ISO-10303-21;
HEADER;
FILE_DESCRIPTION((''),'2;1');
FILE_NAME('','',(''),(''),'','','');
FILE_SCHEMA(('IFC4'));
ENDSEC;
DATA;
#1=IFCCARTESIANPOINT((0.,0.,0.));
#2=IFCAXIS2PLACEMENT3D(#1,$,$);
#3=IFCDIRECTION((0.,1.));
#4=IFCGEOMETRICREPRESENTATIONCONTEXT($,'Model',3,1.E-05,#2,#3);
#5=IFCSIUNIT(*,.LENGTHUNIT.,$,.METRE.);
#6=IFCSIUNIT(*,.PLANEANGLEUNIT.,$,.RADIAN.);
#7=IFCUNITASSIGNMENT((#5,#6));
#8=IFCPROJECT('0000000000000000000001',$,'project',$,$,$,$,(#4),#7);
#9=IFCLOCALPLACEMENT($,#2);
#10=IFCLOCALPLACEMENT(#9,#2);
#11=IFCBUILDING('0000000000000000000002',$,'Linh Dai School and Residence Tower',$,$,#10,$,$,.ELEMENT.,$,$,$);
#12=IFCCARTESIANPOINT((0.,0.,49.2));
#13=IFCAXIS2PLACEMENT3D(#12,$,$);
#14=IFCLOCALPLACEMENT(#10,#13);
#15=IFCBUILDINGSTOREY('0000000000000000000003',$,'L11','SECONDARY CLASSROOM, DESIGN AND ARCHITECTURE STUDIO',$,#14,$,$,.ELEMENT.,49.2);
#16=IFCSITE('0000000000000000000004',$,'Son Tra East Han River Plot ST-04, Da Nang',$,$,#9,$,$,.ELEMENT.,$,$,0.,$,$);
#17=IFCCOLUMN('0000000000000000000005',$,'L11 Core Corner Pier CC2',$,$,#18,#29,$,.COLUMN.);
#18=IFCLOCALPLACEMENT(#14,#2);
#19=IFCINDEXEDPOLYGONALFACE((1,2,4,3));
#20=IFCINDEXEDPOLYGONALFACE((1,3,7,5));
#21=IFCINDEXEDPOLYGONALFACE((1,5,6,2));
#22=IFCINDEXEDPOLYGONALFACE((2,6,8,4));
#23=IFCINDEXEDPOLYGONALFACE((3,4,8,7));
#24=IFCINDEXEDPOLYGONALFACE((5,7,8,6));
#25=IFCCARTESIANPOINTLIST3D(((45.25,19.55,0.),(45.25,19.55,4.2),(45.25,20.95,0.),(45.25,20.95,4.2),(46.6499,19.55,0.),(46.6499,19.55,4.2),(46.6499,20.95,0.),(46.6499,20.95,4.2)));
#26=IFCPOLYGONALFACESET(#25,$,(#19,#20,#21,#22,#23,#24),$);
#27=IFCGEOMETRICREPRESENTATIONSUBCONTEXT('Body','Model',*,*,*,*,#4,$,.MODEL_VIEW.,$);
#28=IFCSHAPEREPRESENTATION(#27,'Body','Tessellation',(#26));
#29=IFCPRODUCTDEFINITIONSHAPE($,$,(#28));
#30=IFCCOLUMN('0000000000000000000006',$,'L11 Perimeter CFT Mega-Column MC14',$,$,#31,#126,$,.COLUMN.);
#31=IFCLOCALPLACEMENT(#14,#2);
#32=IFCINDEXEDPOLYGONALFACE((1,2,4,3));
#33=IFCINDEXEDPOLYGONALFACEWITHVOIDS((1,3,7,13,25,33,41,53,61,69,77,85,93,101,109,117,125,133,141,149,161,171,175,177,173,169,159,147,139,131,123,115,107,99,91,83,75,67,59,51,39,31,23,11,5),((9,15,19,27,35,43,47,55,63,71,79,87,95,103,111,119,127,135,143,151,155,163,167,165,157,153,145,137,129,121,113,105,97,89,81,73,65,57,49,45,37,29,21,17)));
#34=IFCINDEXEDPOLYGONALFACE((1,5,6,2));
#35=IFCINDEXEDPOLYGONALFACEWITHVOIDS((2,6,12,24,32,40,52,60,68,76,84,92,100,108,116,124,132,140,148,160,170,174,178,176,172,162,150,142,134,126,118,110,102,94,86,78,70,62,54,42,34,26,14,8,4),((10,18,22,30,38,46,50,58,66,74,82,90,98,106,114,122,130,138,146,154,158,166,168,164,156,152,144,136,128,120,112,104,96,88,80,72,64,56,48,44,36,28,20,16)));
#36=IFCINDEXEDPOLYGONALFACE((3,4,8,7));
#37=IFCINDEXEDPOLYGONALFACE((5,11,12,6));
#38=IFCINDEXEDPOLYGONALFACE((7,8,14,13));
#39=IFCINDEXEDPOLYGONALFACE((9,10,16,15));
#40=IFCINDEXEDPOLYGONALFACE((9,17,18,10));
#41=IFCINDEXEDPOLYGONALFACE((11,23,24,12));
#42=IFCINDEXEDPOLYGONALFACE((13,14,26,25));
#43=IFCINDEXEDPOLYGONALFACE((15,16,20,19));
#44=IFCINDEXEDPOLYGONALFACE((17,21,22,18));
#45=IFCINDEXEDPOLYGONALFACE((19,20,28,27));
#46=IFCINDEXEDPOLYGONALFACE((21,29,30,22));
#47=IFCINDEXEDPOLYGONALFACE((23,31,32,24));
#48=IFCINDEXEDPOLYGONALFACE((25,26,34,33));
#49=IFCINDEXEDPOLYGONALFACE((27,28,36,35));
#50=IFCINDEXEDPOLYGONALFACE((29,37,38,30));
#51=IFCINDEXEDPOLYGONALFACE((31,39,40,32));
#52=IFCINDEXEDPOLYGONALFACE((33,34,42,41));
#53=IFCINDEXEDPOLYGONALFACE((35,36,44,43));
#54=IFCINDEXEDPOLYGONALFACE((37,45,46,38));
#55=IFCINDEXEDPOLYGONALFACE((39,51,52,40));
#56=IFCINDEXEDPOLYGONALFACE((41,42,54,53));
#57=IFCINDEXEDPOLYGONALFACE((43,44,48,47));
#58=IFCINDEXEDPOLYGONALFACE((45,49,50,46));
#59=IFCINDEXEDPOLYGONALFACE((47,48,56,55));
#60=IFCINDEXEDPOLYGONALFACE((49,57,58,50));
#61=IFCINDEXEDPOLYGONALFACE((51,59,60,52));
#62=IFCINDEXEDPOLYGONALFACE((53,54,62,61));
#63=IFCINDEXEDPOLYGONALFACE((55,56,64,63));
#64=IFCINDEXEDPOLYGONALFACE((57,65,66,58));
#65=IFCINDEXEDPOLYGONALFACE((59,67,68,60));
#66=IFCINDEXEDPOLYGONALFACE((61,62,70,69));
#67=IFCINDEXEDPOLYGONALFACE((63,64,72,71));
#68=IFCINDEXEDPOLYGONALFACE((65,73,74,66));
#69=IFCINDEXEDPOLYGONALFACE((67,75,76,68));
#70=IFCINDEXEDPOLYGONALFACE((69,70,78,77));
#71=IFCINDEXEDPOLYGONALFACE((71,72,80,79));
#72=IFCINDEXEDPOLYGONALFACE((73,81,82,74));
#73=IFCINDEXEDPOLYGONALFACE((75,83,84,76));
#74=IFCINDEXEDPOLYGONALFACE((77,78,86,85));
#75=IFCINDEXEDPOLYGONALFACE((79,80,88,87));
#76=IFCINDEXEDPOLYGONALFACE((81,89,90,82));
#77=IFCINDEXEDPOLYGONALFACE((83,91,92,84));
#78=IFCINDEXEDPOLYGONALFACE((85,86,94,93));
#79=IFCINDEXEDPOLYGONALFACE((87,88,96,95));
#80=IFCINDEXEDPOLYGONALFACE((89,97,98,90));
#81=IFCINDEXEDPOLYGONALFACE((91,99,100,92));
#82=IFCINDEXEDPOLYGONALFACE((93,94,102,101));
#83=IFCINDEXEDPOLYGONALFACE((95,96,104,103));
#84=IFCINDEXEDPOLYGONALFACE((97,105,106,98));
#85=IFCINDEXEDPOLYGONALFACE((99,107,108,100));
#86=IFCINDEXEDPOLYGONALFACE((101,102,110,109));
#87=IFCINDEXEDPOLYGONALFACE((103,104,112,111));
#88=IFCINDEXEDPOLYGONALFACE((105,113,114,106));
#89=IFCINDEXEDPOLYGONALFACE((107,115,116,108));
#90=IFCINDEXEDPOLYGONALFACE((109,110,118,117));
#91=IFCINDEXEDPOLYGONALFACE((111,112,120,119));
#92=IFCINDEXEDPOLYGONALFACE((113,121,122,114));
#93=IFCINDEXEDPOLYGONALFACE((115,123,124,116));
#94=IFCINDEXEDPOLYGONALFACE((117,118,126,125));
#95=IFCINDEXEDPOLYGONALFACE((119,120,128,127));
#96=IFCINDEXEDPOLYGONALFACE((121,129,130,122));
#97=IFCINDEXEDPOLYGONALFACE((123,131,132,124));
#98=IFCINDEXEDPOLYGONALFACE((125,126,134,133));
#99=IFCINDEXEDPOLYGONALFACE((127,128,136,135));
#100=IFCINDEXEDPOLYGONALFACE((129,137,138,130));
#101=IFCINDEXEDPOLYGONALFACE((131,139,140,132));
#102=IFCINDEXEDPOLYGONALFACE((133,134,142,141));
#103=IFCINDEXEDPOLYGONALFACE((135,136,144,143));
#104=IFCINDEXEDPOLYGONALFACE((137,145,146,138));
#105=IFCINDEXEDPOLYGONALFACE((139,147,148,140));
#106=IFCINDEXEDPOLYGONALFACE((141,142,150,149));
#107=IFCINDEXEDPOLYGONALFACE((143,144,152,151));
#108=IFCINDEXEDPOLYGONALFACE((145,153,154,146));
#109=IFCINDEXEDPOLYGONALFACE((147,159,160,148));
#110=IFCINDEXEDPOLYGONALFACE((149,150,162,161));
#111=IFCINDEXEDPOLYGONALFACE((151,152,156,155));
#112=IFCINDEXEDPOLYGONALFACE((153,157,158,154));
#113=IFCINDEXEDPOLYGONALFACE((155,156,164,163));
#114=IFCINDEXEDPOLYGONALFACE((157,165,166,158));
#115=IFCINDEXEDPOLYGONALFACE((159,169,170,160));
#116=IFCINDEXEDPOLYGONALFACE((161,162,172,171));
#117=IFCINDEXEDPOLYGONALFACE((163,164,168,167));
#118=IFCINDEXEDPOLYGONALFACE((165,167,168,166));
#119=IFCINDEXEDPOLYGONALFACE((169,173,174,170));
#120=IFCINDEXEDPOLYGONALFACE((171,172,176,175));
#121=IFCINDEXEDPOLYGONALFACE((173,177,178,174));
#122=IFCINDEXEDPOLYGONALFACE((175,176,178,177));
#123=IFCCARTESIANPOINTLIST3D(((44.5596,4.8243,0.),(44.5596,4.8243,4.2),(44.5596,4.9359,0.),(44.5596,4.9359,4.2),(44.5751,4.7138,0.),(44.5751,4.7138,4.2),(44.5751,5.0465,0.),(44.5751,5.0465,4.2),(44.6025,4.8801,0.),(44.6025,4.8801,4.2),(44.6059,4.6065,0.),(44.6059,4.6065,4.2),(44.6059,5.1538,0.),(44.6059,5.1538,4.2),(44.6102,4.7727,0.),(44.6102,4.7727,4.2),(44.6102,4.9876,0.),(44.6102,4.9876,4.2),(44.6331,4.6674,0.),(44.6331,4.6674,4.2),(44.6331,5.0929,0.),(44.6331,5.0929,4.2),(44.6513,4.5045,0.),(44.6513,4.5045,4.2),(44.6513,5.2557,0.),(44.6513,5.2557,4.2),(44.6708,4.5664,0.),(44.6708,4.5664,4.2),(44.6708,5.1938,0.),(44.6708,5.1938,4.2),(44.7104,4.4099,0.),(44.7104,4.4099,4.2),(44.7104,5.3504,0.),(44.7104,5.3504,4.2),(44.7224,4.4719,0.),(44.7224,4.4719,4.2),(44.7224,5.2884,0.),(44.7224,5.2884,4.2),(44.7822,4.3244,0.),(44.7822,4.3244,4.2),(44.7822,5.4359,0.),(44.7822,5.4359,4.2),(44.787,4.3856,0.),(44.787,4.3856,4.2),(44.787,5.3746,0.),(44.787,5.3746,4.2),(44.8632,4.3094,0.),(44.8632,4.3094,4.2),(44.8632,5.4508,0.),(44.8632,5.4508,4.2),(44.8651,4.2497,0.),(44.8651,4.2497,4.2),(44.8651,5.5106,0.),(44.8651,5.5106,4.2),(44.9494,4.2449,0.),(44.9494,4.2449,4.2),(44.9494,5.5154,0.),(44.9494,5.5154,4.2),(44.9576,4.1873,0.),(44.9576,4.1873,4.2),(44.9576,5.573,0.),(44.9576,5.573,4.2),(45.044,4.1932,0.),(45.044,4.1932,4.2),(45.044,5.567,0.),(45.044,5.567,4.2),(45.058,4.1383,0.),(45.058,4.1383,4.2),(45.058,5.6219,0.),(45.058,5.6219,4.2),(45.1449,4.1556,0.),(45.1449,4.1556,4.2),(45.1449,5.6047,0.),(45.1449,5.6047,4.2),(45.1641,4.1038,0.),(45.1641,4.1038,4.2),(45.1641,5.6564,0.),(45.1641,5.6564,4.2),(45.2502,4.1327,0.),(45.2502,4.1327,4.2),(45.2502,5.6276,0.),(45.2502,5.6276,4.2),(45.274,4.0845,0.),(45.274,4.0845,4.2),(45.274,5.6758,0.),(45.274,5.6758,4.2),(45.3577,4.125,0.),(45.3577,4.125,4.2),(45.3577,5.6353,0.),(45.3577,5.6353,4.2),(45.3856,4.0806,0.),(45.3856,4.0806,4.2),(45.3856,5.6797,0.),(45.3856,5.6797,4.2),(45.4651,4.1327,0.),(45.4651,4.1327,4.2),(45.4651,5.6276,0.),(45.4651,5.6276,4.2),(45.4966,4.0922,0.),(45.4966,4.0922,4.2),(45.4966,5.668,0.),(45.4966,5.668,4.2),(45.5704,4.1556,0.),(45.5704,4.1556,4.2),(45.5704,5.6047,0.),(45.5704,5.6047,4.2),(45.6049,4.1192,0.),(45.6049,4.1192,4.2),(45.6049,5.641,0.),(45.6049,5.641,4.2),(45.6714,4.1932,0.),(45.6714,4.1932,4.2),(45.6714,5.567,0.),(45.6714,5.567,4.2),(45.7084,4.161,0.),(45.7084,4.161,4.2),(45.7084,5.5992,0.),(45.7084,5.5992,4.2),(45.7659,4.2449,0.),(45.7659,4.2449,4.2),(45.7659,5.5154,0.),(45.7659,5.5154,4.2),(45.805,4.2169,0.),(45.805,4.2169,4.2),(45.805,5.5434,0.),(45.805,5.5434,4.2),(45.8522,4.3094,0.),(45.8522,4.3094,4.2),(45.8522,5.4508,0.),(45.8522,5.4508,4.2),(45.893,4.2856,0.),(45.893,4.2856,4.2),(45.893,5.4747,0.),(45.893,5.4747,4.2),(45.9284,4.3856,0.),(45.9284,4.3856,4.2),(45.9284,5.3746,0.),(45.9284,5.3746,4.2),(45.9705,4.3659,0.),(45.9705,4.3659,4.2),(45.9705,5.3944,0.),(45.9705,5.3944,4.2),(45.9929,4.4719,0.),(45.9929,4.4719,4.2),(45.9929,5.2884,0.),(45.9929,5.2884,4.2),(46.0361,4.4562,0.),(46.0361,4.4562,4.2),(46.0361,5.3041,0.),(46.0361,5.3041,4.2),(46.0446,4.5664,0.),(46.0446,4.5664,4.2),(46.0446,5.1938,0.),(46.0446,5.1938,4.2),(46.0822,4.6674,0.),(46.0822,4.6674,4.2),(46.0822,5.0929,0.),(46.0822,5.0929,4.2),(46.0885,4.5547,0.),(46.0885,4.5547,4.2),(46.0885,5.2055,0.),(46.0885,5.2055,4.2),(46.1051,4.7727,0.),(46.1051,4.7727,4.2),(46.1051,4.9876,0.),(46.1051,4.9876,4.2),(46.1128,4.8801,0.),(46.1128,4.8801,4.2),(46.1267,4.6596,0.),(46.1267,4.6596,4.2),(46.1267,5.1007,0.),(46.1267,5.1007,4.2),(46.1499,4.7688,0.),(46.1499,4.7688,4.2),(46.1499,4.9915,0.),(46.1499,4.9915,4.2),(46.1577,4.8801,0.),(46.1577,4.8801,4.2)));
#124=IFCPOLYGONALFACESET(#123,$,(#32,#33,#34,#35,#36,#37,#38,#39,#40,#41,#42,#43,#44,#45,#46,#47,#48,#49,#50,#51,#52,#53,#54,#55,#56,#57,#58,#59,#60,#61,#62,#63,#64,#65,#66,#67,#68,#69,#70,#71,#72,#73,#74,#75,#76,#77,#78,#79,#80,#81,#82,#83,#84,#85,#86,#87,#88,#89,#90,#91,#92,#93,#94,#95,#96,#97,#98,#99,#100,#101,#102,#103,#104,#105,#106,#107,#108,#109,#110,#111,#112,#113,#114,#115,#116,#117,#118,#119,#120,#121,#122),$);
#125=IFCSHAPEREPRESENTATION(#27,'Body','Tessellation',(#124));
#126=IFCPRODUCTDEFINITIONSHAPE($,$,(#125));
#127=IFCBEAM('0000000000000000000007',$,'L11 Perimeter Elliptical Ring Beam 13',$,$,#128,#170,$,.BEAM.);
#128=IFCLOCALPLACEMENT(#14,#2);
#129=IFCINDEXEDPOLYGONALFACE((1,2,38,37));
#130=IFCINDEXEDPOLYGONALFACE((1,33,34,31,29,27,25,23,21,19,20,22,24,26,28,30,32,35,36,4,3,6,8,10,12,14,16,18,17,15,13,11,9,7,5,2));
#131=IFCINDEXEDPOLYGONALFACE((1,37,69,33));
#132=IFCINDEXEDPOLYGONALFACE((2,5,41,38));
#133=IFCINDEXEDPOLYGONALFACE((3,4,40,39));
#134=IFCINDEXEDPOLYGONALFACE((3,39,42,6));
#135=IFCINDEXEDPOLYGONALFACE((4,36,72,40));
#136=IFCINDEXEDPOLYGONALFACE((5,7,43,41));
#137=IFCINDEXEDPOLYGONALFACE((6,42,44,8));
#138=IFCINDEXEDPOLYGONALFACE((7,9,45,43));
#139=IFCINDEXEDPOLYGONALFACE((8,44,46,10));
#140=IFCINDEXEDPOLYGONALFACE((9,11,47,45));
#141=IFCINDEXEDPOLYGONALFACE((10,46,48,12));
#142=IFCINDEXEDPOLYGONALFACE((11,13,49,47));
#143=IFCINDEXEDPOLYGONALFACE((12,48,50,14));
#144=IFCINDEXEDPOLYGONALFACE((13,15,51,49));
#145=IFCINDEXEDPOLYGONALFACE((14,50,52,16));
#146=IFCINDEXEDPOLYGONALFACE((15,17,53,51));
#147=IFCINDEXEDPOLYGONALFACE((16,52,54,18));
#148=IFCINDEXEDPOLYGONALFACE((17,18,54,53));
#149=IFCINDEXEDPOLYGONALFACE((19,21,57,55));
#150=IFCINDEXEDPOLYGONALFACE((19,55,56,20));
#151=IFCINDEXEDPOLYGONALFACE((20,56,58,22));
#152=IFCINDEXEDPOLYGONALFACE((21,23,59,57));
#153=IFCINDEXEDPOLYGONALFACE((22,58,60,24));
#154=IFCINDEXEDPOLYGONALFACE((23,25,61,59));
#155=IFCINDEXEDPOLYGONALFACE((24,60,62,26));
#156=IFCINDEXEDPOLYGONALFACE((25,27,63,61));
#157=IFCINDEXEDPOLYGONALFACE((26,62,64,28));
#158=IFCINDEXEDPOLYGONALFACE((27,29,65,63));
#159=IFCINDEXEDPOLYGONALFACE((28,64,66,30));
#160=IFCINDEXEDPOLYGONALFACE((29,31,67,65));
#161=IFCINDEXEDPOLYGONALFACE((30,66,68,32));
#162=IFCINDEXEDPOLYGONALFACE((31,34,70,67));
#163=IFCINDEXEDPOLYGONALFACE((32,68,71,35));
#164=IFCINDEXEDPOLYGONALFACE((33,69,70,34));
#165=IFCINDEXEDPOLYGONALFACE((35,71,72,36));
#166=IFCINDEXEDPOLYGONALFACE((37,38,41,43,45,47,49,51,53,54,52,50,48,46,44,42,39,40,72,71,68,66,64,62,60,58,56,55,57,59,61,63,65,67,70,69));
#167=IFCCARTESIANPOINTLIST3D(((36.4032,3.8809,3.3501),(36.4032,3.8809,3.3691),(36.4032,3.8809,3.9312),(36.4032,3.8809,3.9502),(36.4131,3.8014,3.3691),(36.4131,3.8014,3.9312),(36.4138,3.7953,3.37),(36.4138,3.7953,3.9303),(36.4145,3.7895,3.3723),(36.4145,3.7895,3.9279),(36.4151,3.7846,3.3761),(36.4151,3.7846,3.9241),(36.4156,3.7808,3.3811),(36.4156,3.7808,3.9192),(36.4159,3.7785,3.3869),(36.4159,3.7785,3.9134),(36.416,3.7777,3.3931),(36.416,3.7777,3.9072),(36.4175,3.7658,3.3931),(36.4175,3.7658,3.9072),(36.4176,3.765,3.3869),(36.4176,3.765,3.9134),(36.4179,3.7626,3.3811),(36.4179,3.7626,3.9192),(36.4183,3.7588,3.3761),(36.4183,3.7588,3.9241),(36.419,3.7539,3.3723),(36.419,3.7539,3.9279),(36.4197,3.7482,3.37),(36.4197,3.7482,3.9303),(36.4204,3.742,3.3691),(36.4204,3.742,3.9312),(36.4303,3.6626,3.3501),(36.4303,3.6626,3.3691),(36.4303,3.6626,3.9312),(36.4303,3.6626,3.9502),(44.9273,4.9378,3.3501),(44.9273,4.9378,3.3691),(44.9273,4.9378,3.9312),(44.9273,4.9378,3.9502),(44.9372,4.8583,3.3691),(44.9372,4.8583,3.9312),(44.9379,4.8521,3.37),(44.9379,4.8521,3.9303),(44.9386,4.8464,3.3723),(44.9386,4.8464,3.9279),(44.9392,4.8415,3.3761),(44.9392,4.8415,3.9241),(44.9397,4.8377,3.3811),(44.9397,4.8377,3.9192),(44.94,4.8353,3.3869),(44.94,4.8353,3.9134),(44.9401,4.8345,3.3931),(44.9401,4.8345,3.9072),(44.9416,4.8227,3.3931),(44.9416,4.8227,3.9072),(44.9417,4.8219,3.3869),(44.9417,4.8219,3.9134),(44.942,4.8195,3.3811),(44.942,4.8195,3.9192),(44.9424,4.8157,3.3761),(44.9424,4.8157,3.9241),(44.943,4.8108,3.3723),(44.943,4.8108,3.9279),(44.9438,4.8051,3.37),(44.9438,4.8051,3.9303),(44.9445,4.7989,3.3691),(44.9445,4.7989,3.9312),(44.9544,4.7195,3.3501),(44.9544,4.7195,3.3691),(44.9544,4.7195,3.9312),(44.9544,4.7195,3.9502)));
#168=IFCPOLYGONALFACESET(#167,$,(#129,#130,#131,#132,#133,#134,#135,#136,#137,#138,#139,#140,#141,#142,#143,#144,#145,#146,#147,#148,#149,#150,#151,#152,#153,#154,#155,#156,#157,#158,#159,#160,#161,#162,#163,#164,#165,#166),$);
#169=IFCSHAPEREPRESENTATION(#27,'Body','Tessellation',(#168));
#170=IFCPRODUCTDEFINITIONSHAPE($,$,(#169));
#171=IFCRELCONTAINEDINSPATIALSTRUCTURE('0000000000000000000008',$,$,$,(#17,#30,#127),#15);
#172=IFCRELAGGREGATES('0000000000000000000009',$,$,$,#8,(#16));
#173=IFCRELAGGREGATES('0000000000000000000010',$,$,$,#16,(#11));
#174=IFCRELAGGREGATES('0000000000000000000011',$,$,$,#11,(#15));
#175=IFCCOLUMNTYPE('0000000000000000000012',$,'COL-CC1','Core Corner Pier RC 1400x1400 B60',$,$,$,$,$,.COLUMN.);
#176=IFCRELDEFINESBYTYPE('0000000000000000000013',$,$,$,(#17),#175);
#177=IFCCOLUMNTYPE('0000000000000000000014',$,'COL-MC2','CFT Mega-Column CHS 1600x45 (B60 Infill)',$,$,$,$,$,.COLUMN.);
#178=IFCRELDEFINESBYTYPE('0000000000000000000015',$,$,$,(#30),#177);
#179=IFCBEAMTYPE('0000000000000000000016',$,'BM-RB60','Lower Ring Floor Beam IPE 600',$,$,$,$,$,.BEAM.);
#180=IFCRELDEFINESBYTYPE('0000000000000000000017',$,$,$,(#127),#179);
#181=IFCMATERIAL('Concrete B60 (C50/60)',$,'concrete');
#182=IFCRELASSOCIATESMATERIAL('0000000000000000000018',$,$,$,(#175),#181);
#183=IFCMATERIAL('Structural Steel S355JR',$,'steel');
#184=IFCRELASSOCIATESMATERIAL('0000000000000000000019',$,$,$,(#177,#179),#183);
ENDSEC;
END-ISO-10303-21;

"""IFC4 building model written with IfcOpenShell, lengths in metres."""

from ifc_helpers import new_model, si_unit, direction, frame, origin, origin_2d, place, context, subcontext, project, spatial, rectangle, hollow_circle, i_section, extrude, material, material_profile, profile_set, type_object, element, save


model = new_model("IFC4")

# Units and contexts
model_context = context("Model", 3, precision=1e-05, world=origin(), true_north=direction((0.0, 1.0)))
body_context = subcontext(model_context, "Body", "Model", "MODEL_VIEW")
ifc_project = project(units=[si_unit("LENGTHUNIT", "METRE"), si_unit("PLANEANGLEUNIT", "RADIAN")], contexts=[model_context])

# Site, building, storey
site_placement = place(None, origin())
site = spatial("IfcSite", under=ifc_project, at=site_placement, Name="Son Tra East Han River Plot ST-04, Da Nang", CompositionType="ELEMENT", RefElevation=0.0)
building_placement = place(site_placement, origin())
building = spatial("IfcBuilding", under=site, at=building_placement, Name="Linh Dai School and Residence Tower", CompositionType="ELEMENT")
storey_placement = place(building_placement, frame((0.0, 0.0, 49.2)))
storey = spatial("IfcBuildingStorey", under=building, at=storey_placement, Name="L11", Description="SECONDARY CLASSROOM, DESIGN AND ARCHITECTURE STUDIO", CompositionType="ELEMENT", Elevation=49.2)

# Columns
ifc_material_1 = material(Name="Concrete B60 (C50/60)", Category="concrete")
ifc_material_profile_1 = material_profile(ifc_material_1, rectangle(XDim=1.3999, YDim=1.3999, at=origin_2d()), Name="RC 1400x1400")
ifc_profile_set_1 = profile_set([ifc_material_profile_1], Name="Concrete B60 (C50/60)")
column_type_1 = type_object("IfcColumnType", Name="COL-CC1", Description="Core Corner Pier RC 1400x1400 B60", PredefinedType="COLUMN", material=ifc_profile_set_1)
column_1_placement = place(storey_placement, frame((45.95, 20.25, 0.0), z_axis=(0.0, 0.0, 1.0), x_axis=(1.0, 0.0, 0.0)))
element("IfcColumn", 1, at=column_1_placement, inside=storey, type_object=column_type_1, Name="L11 Core Corner Pier CC2", PredefinedType="COLUMN", context=body_context, shape_type="SweptSolid", body=[
    extrude(rectangle(XDim=1.3999, YDim=1.3999, at=origin_2d()), origin(), (0.0, 0.0, 1.0), 4.2),
])
ifc_material_2 = material(Name="Structural Steel S355JR", Category="steel")
ifc_material_profile_2 = material_profile(ifc_material_2, hollow_circle(Radius=0.8, WallThickness=0.0449, at=origin_2d()), Name="CHS 1600x45")
ifc_profile_set_2 = profile_set([ifc_material_profile_2], Name="Structural Steel S355JR")
column_type_2 = type_object("IfcColumnType", Name="COL-MC2", Description="CFT Mega-Column CHS 1600x45 (B60 Infill)", PredefinedType="COLUMN", material=ifc_profile_set_2)
column_2_placement = place(storey_placement, frame((45.3577, 4.8801, 0.0), z_axis=(0.0, 0.0, 1.0), x_axis=(1.0, 0.0, 0.0)))
element("IfcColumn", 2, at=column_2_placement, inside=storey, type_object=column_type_2, Name="L11 Perimeter CFT Mega-Column MC14", PredefinedType="COLUMN", context=body_context, shape_type="SweptSolid", body=[
    extrude(hollow_circle(Radius=0.8, WallThickness=0.0449, at=origin_2d()), origin(), (0.0, 0.0, 1.0), 4.2),
])

# Beam
ifc_material_profile_3 = material_profile(ifc_material_2, i_section(OverallWidth=0.22, OverallDepth=0.6001, WebThickness=0.012, FlangeThickness=0.019, FilletRadius=0.0239, at=origin_2d()), Name="IPE 600")
ifc_profile_set_3 = profile_set([ifc_material_profile_3], Name="Structural Steel S355JR")
beam_type_1 = type_object("IfcBeamType", Name="BM-RB60", Description="Lower Ring Floor Beam IPE 600", PredefinedType="BEAM", material=ifc_profile_set_3)
beam_1_placement = place(storey_placement, frame((36.4167, 3.7717, 3.6501), z_axis=(0.992401, 0.123045, 0.0), x_axis=(-0.123045, 0.992401, 0.0)))
element("IfcBeam", 3, at=beam_1_placement, inside=storey, type_object=beam_type_1, Name="L11 Perimeter Elliptical Ring Beam 13", PredefinedType="BEAM", context=body_context, shape_type="SweptSolid", body=[
    extrude(i_section(OverallWidth=0.22, OverallDepth=0.6001, WebThickness=0.012, FlangeThickness=0.019, FilletRadius=0.0239, at=origin_2d()), origin(), (0.0, 0.0, 1.0), 8.5894),
])

save(model, "model.ifc")
